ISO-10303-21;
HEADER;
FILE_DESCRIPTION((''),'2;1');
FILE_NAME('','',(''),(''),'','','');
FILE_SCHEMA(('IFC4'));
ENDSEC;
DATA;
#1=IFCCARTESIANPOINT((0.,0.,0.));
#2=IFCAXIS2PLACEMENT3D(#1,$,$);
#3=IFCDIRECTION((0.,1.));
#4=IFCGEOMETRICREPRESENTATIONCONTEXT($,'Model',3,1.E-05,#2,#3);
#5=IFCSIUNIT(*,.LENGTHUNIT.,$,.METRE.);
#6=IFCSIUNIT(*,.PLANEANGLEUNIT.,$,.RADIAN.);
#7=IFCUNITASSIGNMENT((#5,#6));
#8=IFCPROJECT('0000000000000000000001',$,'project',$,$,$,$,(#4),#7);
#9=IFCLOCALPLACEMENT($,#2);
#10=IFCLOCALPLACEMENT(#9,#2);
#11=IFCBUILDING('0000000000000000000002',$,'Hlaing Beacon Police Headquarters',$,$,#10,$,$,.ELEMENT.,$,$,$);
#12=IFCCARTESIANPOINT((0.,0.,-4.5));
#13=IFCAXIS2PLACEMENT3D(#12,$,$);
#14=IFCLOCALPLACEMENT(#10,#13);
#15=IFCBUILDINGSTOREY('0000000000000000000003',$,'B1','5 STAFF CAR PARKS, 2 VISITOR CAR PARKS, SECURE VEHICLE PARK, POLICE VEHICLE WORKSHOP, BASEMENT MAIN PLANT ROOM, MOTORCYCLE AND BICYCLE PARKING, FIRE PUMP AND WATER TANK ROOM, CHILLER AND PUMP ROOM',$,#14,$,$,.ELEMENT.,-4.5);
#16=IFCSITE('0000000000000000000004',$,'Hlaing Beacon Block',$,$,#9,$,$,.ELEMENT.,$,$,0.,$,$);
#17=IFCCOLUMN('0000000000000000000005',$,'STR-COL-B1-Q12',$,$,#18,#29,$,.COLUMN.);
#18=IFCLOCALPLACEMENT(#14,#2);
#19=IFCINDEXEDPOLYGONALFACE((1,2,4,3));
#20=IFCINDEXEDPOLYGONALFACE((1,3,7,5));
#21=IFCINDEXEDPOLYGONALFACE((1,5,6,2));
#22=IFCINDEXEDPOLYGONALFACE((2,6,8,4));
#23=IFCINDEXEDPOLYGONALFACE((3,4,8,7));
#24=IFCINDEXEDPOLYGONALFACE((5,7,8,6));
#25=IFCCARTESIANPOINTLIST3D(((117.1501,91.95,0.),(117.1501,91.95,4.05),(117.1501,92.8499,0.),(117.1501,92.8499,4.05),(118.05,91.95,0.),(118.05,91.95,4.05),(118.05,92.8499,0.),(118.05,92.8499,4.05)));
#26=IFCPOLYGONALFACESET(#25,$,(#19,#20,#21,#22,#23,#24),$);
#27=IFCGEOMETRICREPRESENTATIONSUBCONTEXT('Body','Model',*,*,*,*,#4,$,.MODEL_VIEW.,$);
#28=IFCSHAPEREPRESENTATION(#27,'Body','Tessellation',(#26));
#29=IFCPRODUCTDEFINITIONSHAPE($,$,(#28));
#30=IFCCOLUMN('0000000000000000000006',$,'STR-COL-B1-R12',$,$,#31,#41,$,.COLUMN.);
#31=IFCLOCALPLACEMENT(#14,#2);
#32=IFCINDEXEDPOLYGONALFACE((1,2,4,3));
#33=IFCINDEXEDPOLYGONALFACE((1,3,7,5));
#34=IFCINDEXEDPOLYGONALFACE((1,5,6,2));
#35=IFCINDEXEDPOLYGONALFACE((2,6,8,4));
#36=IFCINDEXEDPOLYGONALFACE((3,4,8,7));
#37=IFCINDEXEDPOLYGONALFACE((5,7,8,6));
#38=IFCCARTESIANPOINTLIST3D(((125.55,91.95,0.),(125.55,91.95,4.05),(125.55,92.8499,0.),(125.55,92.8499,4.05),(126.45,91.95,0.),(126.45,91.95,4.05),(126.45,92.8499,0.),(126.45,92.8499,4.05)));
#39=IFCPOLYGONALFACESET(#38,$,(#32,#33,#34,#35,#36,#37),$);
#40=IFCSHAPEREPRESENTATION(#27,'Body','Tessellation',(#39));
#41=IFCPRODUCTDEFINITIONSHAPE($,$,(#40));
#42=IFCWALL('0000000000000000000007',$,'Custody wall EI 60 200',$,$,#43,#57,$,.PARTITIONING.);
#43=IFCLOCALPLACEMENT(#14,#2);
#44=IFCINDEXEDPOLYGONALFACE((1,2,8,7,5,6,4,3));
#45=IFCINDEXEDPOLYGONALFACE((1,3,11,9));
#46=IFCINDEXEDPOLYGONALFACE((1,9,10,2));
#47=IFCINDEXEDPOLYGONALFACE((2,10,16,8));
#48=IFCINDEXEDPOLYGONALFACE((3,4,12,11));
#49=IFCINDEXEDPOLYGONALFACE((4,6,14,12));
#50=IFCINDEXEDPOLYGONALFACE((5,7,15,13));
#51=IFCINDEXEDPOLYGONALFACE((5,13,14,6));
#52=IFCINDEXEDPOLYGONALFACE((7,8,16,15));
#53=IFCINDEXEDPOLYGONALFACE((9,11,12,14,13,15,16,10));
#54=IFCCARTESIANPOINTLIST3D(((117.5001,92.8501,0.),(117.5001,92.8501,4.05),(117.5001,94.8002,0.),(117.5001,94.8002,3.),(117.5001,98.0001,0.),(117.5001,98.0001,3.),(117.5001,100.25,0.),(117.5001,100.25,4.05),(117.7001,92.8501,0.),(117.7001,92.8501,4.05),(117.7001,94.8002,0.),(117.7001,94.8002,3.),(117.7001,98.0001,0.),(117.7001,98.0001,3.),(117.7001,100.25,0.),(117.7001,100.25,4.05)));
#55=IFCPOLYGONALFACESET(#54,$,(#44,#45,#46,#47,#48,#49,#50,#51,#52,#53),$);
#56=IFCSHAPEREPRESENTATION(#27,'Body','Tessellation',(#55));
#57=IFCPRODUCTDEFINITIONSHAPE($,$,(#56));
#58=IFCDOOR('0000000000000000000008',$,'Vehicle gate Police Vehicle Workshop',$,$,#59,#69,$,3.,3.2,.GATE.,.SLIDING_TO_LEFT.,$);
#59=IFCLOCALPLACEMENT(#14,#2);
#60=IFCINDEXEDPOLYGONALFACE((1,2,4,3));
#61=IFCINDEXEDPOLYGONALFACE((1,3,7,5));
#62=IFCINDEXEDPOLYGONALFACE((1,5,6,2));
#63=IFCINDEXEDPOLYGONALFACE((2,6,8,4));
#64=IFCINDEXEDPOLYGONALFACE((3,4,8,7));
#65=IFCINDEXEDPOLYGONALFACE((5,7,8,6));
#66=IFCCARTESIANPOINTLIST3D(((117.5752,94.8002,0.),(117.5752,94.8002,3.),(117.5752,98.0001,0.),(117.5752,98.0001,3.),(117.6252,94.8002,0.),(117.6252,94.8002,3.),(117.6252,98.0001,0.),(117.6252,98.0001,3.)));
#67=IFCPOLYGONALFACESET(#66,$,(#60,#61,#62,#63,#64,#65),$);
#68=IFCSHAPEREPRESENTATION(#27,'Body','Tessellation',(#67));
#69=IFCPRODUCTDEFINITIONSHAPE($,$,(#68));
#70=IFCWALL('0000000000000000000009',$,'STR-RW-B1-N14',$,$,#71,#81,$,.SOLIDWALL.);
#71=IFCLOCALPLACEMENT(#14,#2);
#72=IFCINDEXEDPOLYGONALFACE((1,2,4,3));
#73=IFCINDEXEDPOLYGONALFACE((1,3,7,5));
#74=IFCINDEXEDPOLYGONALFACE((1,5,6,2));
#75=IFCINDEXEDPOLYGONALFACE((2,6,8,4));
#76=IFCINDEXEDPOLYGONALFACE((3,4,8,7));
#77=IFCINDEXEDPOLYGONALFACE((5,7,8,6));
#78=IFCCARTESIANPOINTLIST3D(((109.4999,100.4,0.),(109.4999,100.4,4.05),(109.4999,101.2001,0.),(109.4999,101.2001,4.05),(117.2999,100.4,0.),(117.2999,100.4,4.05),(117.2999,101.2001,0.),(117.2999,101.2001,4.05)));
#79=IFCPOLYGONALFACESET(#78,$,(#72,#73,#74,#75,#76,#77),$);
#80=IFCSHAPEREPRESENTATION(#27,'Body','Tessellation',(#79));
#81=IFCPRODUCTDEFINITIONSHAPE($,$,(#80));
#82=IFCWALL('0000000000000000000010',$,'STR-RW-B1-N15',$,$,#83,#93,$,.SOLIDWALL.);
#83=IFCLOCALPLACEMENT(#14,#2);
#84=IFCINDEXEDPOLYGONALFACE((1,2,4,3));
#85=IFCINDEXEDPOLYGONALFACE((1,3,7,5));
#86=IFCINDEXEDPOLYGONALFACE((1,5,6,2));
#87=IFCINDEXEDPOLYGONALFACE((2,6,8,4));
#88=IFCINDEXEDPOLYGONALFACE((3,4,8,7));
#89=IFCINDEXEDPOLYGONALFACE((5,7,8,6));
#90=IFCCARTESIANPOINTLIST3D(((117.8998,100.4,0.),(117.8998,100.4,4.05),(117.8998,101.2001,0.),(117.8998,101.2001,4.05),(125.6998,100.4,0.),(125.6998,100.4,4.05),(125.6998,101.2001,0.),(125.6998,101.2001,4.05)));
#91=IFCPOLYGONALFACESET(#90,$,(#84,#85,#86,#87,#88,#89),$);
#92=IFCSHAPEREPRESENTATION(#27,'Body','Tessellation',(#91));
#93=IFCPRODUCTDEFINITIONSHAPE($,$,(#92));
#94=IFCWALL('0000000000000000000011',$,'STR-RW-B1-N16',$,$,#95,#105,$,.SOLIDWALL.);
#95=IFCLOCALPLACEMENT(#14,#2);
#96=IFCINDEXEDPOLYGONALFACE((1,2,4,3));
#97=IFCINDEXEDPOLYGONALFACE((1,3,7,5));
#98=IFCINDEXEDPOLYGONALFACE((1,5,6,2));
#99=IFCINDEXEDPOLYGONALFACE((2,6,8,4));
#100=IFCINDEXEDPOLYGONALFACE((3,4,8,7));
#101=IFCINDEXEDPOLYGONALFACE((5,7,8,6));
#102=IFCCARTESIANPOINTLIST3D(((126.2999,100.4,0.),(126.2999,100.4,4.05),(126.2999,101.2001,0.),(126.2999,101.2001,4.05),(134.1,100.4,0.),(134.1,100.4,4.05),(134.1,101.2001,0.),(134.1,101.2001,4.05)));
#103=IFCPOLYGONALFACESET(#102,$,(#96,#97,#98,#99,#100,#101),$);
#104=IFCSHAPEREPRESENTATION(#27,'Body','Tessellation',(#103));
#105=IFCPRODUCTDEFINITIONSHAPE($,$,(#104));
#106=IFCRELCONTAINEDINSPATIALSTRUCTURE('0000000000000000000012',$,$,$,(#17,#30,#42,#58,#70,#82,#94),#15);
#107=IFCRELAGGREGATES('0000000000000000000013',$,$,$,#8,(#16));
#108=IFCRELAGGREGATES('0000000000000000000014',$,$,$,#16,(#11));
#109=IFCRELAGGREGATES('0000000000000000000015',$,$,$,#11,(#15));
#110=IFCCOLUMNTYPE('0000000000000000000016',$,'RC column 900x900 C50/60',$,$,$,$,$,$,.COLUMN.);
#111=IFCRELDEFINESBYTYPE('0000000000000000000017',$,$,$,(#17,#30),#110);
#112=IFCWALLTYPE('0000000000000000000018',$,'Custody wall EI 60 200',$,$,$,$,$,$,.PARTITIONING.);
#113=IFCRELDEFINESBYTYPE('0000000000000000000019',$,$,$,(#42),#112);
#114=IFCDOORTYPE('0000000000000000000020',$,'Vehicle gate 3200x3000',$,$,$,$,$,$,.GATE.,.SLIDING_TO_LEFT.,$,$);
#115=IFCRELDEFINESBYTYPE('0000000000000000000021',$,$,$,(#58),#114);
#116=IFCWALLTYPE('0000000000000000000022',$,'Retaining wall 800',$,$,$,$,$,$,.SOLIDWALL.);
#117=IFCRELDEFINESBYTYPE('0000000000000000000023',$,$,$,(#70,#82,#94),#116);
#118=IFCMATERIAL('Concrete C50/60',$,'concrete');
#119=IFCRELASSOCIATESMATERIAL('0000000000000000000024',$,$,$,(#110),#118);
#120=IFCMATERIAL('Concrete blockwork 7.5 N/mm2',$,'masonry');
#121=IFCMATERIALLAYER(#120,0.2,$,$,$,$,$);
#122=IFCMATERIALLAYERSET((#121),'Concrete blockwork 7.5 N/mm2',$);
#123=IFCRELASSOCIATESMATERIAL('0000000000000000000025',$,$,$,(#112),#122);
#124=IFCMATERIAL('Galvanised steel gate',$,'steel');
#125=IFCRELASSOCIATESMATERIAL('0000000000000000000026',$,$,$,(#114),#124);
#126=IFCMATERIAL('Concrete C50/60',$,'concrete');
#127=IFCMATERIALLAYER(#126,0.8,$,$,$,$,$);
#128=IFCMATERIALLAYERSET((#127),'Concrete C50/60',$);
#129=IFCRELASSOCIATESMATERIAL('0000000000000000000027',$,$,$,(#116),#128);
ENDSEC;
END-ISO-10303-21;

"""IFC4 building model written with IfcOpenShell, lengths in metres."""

from ifc_helpers import new_model, si_unit, direction, frame, frame_2d, origin, origin_2d, place, context, subcontext, project, spatial, rectangle, extrude, material, layer, layer_set, material_profile, profile_set, type_object, element, fill, save


model = new_model("IFC4")

# Units and contexts
model_context = context("Model", 3, precision=1e-05, world=origin(), true_north=direction((0.0, 1.0)))
body_context = subcontext(model_context, "Body", "Model", "MODEL_VIEW")
ifc_project = project(units=[si_unit("LENGTHUNIT", "METRE"), si_unit("PLANEANGLEUNIT", "RADIAN")], contexts=[model_context])

# Site, building, storey
site_placement = place(None, origin())
site = spatial("IfcSite", under=ifc_project, at=site_placement, Name="Hlaing Beacon Block", CompositionType="ELEMENT", RefElevation=0.0)
building_placement = place(site_placement, origin())
building = spatial("IfcBuilding", under=site, at=building_placement, Name="Hlaing Beacon Police Headquarters", CompositionType="ELEMENT")
storey_placement = place(building_placement, frame((0.0, 0.0, -4.5)))
storey = spatial("IfcBuildingStorey", under=building, at=storey_placement, Name="B1", Description="5 STAFF CAR PARKS, 2 VISITOR CAR PARKS, SECURE VEHICLE PARK, POLICE VEHICLE WORKSHOP, BASEMENT MAIN PLANT ROOM, MOTORCYCLE AND BICYCLE PARKING, FIRE PUMP AND WATER TANK ROOM, CHILLER AND PUMP ROOM", CompositionType="ELEMENT", Elevation=-4.5)

# Columns
ifc_material_1 = material(Name="Concrete C50/60", Category="concrete")
ifc_material_profile_1 = material_profile(ifc_material_1, rectangle(XDim=0.8999, YDim=0.8999, at=origin_2d()), Name="900x900")
ifc_profile_set_1 = profile_set([ifc_material_profile_1], Name="Concrete C50/60")
column_type_1 = type_object("IfcColumnType", Name="RC column 900x900 C50/60", PredefinedType="COLUMN", material=ifc_profile_set_1)
for number, where, z_axis, x_axis, name in (
    (1, (117.6001, 92.3999, 0.0), (0.0, 0.0, 1.0), (1.0, 0.0, 0.0), "STR-COL-B1-Q12"),
    (2, (126.0, 92.3999, 0.0), (0.0, 0.0, 1.0), (1.0, 0.0, 0.0), "STR-COL-B1-R12"),
):
    element("IfcColumn", number, at=place(storey_placement, frame(where, z_axis=z_axis, x_axis=x_axis)), inside=storey, type_object=column_type_1, Name=name, PredefinedType="COLUMN", context=body_context, shape_type="SweptSolid", body=[
        extrude(rectangle(XDim=0.8999, YDim=0.8999, at=origin_2d()), origin(), (0.0, 0.0, 1.0), 4.05),
    ])

# Wall, opening, door
ifc_material_2 = material(Name="Concrete blockwork 7.5 N/mm2", Category="masonry")
ifc_layer_1 = layer(ifc_material_2, 0.2)
ifc_layer_set_1 = layer_set([ifc_layer_1], Name="Concrete blockwork 7.5 N/mm2")
wall_type_1 = type_object("IfcWallType", Name="Custody wall EI 60 200", PredefinedType="PARTITIONING", material=ifc_layer_set_1)
wall_placement = place(storey_placement, frame((117.6001, 92.8501, 0.0), z_axis=(0.0, 0.0, 1.0), x_axis=(0.0, 1.0, 0.0)))
wall = element("IfcWall", 3, at=wall_placement, inside=storey, type_object=wall_type_1, Name="Custody wall EI 60 200", PredefinedType="PARTITIONING", context=body_context, shape_type="SweptSolid", body=[
    extrude(rectangle(XDim=7.3999, YDim=0.2, at=frame_2d((3.7, 0.0))), origin(), (0.0, 0.0, 1.0), 4.05),
])
opening_placement = place(wall_placement, frame((1.95, 0.0, 0.0)))
opening = element("IfcOpeningElement", 4, at=opening_placement, cuts=wall, PredefinedType="OPENING", context=body_context, shape_type="SweptSolid", body=[
    extrude(rectangle(XDim=3.2, YDim=3.0, at=frame_2d((1.6001, 1.5))), frame((0.0, 0.1099, 0.0), z_axis=(0.0, -1.0, 0.0), x_axis=(1.0, 0.0, 0.0)), (0.0, 0.0, 1.0), 0.22),
])
ifc_material_3 = material(Name="Galvanised steel gate", Category="steel")
door_type = type_object("IfcDoorType", Name="Vehicle gate 3200x3000", OperationType="SLIDING_TO_LEFT", PredefinedType="GATE", material=ifc_material_3)
door_placement = place(opening_placement, origin())
door = element("IfcDoor", 5, at=door_placement, inside=storey, type_object=door_type, Name="Vehicle gate Police Vehicle Workshop", OperationType="SLIDING_TO_LEFT", OverallHeight=3.0, OverallWidth=3.2, PredefinedType="GATE", context=body_context, shape_type="SweptSolid", body=[
    extrude(rectangle(XDim=3.2, YDim=3.0, at=frame_2d((1.6001, 1.5))), frame((0.0, 0.0249, 0.0), z_axis=(0.0, -1.0, 0.0), x_axis=(1.0, 0.0, 0.0)), (0.0, 0.0, 1.0), 0.05),
])
fill(opening, door)

# Walls
ifc_material_4 = material(Name="Concrete C50/60", Category="concrete")
ifc_layer_2 = layer(ifc_material_4, 0.8)
ifc_layer_set_2 = layer_set([ifc_layer_2], Name="Concrete C50/60")
wall_type_2 = type_object("IfcWallType", Name="Retaining wall 800", PredefinedType="SOLIDWALL", material=ifc_layer_set_2)
for number, where, z_axis, x_axis, name in (
    (6, (109.5, 100.8, 0.0), (0.0, 0.0, 1.0), (1.0, 0.0, 0.0), "STR-RW-B1-N14"),
    (7, (117.8999, 100.8, 0.0), (0.0, 0.0, 1.0), (1.0, 0.0, 0.0), "STR-RW-B1-N15"),
    (8, (126.3, 100.8, 0.0), (0.0, 0.0, 1.0), (1.0, 0.0, 0.0), "STR-RW-B1-N16"),
):
    element("IfcWall", number, at=place(storey_placement, frame(where, z_axis=z_axis, x_axis=x_axis)), inside=storey, type_object=wall_type_2, Name=name, PredefinedType="SOLIDWALL", context=body_context, shape_type="SweptSolid", body=[
        extrude(rectangle(XDim=7.8, YDim=0.8, at=frame_2d((3.8999, 0.0))), origin(), (0.0, 0.0, 1.0), 4.05),
    ])

save(model, "model.ifc")
